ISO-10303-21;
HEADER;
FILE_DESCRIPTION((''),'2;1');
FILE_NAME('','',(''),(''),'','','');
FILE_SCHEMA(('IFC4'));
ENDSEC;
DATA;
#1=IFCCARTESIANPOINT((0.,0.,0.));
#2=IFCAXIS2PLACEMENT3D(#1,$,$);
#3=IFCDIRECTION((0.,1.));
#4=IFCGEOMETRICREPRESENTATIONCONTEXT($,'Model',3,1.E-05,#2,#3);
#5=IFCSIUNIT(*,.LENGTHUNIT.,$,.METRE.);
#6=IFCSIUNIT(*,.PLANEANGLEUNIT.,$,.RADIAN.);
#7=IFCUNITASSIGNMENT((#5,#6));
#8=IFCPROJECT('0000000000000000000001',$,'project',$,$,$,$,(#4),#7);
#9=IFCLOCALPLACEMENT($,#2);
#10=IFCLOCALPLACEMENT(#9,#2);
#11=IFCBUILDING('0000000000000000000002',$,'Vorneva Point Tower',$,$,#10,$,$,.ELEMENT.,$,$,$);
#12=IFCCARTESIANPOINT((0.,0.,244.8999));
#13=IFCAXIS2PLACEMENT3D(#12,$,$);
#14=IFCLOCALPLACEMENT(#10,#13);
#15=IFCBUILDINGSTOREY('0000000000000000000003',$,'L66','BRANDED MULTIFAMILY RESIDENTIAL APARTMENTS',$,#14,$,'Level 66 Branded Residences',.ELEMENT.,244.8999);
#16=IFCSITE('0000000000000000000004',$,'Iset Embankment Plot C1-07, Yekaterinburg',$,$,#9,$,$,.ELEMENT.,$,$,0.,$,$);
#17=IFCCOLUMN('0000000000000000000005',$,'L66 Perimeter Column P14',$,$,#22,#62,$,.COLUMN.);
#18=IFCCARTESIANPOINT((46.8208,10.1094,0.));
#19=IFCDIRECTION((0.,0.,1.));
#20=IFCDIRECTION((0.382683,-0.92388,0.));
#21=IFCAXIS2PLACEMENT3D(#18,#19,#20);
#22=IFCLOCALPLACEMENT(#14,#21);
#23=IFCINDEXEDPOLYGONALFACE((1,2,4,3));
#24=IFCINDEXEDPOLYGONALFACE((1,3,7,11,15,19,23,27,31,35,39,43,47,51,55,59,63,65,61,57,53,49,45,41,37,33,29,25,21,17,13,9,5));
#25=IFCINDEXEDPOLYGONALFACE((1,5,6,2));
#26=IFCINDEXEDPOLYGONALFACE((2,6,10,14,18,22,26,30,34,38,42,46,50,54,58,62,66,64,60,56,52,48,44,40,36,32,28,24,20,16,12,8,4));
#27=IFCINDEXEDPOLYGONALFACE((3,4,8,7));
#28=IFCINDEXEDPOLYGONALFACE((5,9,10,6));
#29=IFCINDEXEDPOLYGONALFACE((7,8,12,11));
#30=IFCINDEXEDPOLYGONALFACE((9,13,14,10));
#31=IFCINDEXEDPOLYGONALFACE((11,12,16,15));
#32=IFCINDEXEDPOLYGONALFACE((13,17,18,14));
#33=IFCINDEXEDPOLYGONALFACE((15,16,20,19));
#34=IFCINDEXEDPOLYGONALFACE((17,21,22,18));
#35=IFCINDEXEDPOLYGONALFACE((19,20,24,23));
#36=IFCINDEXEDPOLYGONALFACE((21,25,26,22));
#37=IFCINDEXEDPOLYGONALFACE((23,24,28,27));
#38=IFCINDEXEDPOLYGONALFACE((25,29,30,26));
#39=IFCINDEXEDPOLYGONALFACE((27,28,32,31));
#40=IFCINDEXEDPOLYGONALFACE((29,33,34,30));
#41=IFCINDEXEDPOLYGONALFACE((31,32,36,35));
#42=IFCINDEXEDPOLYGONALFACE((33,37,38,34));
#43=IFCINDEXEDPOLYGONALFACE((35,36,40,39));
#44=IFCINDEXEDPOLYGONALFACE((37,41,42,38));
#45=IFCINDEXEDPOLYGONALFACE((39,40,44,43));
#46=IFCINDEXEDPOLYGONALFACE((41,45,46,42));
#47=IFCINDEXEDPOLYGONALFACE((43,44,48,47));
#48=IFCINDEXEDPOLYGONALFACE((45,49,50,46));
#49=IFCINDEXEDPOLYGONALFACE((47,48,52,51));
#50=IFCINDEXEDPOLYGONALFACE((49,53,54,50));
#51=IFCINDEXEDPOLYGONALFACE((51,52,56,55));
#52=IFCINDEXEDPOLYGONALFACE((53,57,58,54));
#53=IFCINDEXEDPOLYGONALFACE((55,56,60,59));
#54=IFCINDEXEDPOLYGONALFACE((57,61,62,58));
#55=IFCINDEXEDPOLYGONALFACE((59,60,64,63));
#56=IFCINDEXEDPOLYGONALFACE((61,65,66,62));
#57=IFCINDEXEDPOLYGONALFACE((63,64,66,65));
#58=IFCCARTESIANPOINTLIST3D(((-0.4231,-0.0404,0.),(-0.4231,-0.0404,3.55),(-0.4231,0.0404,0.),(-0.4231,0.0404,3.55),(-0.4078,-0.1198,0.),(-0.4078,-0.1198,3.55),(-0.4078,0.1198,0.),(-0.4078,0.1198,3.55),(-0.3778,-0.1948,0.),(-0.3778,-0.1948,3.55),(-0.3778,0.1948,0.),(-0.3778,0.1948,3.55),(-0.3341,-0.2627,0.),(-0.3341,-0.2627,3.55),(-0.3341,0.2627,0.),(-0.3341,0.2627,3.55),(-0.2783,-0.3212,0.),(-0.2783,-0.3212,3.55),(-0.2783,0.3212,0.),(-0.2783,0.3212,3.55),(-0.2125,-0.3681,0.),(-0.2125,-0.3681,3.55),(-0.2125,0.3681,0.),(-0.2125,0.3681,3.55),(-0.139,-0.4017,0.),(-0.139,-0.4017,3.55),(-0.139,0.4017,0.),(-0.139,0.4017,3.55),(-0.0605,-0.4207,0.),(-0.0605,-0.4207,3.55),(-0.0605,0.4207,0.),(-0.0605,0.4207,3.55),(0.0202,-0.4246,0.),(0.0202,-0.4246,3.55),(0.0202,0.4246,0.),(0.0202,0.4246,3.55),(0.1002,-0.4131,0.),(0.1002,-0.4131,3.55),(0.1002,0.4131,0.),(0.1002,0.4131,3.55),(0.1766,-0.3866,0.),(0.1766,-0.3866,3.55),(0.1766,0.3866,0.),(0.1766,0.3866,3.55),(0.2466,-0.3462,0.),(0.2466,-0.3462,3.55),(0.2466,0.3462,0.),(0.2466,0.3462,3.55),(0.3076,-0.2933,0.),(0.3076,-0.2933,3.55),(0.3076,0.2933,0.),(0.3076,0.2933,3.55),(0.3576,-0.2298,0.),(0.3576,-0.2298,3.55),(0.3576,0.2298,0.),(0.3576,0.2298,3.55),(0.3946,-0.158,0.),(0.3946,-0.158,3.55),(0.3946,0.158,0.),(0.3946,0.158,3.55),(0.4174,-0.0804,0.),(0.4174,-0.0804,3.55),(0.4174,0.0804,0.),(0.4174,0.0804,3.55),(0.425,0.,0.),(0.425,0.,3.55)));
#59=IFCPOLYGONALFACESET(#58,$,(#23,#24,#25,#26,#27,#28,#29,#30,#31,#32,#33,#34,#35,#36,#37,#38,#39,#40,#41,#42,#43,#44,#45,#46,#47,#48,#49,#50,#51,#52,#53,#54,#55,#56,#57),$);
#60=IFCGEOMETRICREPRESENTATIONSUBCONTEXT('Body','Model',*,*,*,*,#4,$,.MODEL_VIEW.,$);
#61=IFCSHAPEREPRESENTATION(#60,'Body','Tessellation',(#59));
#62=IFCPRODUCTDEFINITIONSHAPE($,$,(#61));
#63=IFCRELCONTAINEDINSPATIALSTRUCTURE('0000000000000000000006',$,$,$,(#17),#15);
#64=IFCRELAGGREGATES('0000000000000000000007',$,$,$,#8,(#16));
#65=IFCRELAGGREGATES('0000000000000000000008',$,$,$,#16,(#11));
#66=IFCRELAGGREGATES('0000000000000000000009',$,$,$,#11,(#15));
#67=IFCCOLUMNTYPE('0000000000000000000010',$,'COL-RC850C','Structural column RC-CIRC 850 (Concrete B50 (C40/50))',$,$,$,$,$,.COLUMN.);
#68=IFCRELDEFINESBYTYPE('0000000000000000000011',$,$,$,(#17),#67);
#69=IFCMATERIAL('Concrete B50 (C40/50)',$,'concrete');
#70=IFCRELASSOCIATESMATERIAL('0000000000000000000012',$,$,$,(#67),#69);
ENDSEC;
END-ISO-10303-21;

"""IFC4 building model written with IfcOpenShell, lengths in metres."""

from ifc_helpers import new_model, si_unit, direction, frame, origin, origin_2d, place, context, subcontext, project, spatial, circle, extrude, material, material_profile, profile_set, type_object, element, save


model = new_model("IFC4")

# Units and contexts
model_context = context("Model", 3, precision=1e-05, world=origin(), true_north=direction((0.0, 1.0)))
body_context = subcontext(model_context, "Body", "Model", "MODEL_VIEW")
ifc_project = project(units=[si_unit("LENGTHUNIT", "METRE"), si_unit("PLANEANGLEUNIT", "RADIAN")], contexts=[model_context])

# Site, building, storey
site_placement = place(None, origin())
site = spatial("IfcSite", under=ifc_project, at=site_placement, Name="Iset Embankment Plot C1-07, Yekaterinburg", CompositionType="ELEMENT", RefElevation=0.0)
building_placement = place(site_placement, origin())
building = spatial("IfcBuilding", under=site, at=building_placement, Name="Vorneva Point Tower", CompositionType="ELEMENT")
storey_placement = place(building_placement, frame((0.0, 0.0, 244.8999)))
storey = spatial("IfcBuildingStorey", under=building, at=storey_placement, Name="L66", Description="BRANDED MULTIFAMILY RESIDENTIAL APARTMENTS", LongName="Level 66 Branded Residences", CompositionType="ELEMENT", Elevation=244.8999)

# Column
ifc_material_1 = material(Name="Concrete B50 (C40/50)", Category="concrete")
ifc_material_profile_1 = material_profile(ifc_material_1, circle(Radius=0.425, at=origin_2d()), Name="RC-CIRC 850")
ifc_profile_set_1 = profile_set([ifc_material_profile_1], Name="Concrete B50 (C40/50)")
column_type = type_object("IfcColumnType", Name="COL-RC850C", Description="Structural column RC-CIRC 850 (Concrete B50 (C40/50))", PredefinedType="COLUMN", material=ifc_profile_set_1)
for number, where, z_axis, x_axis, name in (
    (1, (46.8208, 10.1094, 0.0), (0.0, 0.0, 1.0), (0.382683, -0.92388, 0.0), "L66 Perimeter Column P14"),
):
    element("IfcColumn", number, at=place(storey_placement, frame(where, z_axis=z_axis, x_axis=x_axis)), inside=storey, type_object=column_type, Name=name, PredefinedType="COLUMN", context=body_context, shape_type="SweptSolid", body=[
        extrude(circle(Radius=0.425, at=origin_2d()), origin(), (0.0, 0.0, 1.0), 3.55),
    ])

save(model, "model.ifc")
